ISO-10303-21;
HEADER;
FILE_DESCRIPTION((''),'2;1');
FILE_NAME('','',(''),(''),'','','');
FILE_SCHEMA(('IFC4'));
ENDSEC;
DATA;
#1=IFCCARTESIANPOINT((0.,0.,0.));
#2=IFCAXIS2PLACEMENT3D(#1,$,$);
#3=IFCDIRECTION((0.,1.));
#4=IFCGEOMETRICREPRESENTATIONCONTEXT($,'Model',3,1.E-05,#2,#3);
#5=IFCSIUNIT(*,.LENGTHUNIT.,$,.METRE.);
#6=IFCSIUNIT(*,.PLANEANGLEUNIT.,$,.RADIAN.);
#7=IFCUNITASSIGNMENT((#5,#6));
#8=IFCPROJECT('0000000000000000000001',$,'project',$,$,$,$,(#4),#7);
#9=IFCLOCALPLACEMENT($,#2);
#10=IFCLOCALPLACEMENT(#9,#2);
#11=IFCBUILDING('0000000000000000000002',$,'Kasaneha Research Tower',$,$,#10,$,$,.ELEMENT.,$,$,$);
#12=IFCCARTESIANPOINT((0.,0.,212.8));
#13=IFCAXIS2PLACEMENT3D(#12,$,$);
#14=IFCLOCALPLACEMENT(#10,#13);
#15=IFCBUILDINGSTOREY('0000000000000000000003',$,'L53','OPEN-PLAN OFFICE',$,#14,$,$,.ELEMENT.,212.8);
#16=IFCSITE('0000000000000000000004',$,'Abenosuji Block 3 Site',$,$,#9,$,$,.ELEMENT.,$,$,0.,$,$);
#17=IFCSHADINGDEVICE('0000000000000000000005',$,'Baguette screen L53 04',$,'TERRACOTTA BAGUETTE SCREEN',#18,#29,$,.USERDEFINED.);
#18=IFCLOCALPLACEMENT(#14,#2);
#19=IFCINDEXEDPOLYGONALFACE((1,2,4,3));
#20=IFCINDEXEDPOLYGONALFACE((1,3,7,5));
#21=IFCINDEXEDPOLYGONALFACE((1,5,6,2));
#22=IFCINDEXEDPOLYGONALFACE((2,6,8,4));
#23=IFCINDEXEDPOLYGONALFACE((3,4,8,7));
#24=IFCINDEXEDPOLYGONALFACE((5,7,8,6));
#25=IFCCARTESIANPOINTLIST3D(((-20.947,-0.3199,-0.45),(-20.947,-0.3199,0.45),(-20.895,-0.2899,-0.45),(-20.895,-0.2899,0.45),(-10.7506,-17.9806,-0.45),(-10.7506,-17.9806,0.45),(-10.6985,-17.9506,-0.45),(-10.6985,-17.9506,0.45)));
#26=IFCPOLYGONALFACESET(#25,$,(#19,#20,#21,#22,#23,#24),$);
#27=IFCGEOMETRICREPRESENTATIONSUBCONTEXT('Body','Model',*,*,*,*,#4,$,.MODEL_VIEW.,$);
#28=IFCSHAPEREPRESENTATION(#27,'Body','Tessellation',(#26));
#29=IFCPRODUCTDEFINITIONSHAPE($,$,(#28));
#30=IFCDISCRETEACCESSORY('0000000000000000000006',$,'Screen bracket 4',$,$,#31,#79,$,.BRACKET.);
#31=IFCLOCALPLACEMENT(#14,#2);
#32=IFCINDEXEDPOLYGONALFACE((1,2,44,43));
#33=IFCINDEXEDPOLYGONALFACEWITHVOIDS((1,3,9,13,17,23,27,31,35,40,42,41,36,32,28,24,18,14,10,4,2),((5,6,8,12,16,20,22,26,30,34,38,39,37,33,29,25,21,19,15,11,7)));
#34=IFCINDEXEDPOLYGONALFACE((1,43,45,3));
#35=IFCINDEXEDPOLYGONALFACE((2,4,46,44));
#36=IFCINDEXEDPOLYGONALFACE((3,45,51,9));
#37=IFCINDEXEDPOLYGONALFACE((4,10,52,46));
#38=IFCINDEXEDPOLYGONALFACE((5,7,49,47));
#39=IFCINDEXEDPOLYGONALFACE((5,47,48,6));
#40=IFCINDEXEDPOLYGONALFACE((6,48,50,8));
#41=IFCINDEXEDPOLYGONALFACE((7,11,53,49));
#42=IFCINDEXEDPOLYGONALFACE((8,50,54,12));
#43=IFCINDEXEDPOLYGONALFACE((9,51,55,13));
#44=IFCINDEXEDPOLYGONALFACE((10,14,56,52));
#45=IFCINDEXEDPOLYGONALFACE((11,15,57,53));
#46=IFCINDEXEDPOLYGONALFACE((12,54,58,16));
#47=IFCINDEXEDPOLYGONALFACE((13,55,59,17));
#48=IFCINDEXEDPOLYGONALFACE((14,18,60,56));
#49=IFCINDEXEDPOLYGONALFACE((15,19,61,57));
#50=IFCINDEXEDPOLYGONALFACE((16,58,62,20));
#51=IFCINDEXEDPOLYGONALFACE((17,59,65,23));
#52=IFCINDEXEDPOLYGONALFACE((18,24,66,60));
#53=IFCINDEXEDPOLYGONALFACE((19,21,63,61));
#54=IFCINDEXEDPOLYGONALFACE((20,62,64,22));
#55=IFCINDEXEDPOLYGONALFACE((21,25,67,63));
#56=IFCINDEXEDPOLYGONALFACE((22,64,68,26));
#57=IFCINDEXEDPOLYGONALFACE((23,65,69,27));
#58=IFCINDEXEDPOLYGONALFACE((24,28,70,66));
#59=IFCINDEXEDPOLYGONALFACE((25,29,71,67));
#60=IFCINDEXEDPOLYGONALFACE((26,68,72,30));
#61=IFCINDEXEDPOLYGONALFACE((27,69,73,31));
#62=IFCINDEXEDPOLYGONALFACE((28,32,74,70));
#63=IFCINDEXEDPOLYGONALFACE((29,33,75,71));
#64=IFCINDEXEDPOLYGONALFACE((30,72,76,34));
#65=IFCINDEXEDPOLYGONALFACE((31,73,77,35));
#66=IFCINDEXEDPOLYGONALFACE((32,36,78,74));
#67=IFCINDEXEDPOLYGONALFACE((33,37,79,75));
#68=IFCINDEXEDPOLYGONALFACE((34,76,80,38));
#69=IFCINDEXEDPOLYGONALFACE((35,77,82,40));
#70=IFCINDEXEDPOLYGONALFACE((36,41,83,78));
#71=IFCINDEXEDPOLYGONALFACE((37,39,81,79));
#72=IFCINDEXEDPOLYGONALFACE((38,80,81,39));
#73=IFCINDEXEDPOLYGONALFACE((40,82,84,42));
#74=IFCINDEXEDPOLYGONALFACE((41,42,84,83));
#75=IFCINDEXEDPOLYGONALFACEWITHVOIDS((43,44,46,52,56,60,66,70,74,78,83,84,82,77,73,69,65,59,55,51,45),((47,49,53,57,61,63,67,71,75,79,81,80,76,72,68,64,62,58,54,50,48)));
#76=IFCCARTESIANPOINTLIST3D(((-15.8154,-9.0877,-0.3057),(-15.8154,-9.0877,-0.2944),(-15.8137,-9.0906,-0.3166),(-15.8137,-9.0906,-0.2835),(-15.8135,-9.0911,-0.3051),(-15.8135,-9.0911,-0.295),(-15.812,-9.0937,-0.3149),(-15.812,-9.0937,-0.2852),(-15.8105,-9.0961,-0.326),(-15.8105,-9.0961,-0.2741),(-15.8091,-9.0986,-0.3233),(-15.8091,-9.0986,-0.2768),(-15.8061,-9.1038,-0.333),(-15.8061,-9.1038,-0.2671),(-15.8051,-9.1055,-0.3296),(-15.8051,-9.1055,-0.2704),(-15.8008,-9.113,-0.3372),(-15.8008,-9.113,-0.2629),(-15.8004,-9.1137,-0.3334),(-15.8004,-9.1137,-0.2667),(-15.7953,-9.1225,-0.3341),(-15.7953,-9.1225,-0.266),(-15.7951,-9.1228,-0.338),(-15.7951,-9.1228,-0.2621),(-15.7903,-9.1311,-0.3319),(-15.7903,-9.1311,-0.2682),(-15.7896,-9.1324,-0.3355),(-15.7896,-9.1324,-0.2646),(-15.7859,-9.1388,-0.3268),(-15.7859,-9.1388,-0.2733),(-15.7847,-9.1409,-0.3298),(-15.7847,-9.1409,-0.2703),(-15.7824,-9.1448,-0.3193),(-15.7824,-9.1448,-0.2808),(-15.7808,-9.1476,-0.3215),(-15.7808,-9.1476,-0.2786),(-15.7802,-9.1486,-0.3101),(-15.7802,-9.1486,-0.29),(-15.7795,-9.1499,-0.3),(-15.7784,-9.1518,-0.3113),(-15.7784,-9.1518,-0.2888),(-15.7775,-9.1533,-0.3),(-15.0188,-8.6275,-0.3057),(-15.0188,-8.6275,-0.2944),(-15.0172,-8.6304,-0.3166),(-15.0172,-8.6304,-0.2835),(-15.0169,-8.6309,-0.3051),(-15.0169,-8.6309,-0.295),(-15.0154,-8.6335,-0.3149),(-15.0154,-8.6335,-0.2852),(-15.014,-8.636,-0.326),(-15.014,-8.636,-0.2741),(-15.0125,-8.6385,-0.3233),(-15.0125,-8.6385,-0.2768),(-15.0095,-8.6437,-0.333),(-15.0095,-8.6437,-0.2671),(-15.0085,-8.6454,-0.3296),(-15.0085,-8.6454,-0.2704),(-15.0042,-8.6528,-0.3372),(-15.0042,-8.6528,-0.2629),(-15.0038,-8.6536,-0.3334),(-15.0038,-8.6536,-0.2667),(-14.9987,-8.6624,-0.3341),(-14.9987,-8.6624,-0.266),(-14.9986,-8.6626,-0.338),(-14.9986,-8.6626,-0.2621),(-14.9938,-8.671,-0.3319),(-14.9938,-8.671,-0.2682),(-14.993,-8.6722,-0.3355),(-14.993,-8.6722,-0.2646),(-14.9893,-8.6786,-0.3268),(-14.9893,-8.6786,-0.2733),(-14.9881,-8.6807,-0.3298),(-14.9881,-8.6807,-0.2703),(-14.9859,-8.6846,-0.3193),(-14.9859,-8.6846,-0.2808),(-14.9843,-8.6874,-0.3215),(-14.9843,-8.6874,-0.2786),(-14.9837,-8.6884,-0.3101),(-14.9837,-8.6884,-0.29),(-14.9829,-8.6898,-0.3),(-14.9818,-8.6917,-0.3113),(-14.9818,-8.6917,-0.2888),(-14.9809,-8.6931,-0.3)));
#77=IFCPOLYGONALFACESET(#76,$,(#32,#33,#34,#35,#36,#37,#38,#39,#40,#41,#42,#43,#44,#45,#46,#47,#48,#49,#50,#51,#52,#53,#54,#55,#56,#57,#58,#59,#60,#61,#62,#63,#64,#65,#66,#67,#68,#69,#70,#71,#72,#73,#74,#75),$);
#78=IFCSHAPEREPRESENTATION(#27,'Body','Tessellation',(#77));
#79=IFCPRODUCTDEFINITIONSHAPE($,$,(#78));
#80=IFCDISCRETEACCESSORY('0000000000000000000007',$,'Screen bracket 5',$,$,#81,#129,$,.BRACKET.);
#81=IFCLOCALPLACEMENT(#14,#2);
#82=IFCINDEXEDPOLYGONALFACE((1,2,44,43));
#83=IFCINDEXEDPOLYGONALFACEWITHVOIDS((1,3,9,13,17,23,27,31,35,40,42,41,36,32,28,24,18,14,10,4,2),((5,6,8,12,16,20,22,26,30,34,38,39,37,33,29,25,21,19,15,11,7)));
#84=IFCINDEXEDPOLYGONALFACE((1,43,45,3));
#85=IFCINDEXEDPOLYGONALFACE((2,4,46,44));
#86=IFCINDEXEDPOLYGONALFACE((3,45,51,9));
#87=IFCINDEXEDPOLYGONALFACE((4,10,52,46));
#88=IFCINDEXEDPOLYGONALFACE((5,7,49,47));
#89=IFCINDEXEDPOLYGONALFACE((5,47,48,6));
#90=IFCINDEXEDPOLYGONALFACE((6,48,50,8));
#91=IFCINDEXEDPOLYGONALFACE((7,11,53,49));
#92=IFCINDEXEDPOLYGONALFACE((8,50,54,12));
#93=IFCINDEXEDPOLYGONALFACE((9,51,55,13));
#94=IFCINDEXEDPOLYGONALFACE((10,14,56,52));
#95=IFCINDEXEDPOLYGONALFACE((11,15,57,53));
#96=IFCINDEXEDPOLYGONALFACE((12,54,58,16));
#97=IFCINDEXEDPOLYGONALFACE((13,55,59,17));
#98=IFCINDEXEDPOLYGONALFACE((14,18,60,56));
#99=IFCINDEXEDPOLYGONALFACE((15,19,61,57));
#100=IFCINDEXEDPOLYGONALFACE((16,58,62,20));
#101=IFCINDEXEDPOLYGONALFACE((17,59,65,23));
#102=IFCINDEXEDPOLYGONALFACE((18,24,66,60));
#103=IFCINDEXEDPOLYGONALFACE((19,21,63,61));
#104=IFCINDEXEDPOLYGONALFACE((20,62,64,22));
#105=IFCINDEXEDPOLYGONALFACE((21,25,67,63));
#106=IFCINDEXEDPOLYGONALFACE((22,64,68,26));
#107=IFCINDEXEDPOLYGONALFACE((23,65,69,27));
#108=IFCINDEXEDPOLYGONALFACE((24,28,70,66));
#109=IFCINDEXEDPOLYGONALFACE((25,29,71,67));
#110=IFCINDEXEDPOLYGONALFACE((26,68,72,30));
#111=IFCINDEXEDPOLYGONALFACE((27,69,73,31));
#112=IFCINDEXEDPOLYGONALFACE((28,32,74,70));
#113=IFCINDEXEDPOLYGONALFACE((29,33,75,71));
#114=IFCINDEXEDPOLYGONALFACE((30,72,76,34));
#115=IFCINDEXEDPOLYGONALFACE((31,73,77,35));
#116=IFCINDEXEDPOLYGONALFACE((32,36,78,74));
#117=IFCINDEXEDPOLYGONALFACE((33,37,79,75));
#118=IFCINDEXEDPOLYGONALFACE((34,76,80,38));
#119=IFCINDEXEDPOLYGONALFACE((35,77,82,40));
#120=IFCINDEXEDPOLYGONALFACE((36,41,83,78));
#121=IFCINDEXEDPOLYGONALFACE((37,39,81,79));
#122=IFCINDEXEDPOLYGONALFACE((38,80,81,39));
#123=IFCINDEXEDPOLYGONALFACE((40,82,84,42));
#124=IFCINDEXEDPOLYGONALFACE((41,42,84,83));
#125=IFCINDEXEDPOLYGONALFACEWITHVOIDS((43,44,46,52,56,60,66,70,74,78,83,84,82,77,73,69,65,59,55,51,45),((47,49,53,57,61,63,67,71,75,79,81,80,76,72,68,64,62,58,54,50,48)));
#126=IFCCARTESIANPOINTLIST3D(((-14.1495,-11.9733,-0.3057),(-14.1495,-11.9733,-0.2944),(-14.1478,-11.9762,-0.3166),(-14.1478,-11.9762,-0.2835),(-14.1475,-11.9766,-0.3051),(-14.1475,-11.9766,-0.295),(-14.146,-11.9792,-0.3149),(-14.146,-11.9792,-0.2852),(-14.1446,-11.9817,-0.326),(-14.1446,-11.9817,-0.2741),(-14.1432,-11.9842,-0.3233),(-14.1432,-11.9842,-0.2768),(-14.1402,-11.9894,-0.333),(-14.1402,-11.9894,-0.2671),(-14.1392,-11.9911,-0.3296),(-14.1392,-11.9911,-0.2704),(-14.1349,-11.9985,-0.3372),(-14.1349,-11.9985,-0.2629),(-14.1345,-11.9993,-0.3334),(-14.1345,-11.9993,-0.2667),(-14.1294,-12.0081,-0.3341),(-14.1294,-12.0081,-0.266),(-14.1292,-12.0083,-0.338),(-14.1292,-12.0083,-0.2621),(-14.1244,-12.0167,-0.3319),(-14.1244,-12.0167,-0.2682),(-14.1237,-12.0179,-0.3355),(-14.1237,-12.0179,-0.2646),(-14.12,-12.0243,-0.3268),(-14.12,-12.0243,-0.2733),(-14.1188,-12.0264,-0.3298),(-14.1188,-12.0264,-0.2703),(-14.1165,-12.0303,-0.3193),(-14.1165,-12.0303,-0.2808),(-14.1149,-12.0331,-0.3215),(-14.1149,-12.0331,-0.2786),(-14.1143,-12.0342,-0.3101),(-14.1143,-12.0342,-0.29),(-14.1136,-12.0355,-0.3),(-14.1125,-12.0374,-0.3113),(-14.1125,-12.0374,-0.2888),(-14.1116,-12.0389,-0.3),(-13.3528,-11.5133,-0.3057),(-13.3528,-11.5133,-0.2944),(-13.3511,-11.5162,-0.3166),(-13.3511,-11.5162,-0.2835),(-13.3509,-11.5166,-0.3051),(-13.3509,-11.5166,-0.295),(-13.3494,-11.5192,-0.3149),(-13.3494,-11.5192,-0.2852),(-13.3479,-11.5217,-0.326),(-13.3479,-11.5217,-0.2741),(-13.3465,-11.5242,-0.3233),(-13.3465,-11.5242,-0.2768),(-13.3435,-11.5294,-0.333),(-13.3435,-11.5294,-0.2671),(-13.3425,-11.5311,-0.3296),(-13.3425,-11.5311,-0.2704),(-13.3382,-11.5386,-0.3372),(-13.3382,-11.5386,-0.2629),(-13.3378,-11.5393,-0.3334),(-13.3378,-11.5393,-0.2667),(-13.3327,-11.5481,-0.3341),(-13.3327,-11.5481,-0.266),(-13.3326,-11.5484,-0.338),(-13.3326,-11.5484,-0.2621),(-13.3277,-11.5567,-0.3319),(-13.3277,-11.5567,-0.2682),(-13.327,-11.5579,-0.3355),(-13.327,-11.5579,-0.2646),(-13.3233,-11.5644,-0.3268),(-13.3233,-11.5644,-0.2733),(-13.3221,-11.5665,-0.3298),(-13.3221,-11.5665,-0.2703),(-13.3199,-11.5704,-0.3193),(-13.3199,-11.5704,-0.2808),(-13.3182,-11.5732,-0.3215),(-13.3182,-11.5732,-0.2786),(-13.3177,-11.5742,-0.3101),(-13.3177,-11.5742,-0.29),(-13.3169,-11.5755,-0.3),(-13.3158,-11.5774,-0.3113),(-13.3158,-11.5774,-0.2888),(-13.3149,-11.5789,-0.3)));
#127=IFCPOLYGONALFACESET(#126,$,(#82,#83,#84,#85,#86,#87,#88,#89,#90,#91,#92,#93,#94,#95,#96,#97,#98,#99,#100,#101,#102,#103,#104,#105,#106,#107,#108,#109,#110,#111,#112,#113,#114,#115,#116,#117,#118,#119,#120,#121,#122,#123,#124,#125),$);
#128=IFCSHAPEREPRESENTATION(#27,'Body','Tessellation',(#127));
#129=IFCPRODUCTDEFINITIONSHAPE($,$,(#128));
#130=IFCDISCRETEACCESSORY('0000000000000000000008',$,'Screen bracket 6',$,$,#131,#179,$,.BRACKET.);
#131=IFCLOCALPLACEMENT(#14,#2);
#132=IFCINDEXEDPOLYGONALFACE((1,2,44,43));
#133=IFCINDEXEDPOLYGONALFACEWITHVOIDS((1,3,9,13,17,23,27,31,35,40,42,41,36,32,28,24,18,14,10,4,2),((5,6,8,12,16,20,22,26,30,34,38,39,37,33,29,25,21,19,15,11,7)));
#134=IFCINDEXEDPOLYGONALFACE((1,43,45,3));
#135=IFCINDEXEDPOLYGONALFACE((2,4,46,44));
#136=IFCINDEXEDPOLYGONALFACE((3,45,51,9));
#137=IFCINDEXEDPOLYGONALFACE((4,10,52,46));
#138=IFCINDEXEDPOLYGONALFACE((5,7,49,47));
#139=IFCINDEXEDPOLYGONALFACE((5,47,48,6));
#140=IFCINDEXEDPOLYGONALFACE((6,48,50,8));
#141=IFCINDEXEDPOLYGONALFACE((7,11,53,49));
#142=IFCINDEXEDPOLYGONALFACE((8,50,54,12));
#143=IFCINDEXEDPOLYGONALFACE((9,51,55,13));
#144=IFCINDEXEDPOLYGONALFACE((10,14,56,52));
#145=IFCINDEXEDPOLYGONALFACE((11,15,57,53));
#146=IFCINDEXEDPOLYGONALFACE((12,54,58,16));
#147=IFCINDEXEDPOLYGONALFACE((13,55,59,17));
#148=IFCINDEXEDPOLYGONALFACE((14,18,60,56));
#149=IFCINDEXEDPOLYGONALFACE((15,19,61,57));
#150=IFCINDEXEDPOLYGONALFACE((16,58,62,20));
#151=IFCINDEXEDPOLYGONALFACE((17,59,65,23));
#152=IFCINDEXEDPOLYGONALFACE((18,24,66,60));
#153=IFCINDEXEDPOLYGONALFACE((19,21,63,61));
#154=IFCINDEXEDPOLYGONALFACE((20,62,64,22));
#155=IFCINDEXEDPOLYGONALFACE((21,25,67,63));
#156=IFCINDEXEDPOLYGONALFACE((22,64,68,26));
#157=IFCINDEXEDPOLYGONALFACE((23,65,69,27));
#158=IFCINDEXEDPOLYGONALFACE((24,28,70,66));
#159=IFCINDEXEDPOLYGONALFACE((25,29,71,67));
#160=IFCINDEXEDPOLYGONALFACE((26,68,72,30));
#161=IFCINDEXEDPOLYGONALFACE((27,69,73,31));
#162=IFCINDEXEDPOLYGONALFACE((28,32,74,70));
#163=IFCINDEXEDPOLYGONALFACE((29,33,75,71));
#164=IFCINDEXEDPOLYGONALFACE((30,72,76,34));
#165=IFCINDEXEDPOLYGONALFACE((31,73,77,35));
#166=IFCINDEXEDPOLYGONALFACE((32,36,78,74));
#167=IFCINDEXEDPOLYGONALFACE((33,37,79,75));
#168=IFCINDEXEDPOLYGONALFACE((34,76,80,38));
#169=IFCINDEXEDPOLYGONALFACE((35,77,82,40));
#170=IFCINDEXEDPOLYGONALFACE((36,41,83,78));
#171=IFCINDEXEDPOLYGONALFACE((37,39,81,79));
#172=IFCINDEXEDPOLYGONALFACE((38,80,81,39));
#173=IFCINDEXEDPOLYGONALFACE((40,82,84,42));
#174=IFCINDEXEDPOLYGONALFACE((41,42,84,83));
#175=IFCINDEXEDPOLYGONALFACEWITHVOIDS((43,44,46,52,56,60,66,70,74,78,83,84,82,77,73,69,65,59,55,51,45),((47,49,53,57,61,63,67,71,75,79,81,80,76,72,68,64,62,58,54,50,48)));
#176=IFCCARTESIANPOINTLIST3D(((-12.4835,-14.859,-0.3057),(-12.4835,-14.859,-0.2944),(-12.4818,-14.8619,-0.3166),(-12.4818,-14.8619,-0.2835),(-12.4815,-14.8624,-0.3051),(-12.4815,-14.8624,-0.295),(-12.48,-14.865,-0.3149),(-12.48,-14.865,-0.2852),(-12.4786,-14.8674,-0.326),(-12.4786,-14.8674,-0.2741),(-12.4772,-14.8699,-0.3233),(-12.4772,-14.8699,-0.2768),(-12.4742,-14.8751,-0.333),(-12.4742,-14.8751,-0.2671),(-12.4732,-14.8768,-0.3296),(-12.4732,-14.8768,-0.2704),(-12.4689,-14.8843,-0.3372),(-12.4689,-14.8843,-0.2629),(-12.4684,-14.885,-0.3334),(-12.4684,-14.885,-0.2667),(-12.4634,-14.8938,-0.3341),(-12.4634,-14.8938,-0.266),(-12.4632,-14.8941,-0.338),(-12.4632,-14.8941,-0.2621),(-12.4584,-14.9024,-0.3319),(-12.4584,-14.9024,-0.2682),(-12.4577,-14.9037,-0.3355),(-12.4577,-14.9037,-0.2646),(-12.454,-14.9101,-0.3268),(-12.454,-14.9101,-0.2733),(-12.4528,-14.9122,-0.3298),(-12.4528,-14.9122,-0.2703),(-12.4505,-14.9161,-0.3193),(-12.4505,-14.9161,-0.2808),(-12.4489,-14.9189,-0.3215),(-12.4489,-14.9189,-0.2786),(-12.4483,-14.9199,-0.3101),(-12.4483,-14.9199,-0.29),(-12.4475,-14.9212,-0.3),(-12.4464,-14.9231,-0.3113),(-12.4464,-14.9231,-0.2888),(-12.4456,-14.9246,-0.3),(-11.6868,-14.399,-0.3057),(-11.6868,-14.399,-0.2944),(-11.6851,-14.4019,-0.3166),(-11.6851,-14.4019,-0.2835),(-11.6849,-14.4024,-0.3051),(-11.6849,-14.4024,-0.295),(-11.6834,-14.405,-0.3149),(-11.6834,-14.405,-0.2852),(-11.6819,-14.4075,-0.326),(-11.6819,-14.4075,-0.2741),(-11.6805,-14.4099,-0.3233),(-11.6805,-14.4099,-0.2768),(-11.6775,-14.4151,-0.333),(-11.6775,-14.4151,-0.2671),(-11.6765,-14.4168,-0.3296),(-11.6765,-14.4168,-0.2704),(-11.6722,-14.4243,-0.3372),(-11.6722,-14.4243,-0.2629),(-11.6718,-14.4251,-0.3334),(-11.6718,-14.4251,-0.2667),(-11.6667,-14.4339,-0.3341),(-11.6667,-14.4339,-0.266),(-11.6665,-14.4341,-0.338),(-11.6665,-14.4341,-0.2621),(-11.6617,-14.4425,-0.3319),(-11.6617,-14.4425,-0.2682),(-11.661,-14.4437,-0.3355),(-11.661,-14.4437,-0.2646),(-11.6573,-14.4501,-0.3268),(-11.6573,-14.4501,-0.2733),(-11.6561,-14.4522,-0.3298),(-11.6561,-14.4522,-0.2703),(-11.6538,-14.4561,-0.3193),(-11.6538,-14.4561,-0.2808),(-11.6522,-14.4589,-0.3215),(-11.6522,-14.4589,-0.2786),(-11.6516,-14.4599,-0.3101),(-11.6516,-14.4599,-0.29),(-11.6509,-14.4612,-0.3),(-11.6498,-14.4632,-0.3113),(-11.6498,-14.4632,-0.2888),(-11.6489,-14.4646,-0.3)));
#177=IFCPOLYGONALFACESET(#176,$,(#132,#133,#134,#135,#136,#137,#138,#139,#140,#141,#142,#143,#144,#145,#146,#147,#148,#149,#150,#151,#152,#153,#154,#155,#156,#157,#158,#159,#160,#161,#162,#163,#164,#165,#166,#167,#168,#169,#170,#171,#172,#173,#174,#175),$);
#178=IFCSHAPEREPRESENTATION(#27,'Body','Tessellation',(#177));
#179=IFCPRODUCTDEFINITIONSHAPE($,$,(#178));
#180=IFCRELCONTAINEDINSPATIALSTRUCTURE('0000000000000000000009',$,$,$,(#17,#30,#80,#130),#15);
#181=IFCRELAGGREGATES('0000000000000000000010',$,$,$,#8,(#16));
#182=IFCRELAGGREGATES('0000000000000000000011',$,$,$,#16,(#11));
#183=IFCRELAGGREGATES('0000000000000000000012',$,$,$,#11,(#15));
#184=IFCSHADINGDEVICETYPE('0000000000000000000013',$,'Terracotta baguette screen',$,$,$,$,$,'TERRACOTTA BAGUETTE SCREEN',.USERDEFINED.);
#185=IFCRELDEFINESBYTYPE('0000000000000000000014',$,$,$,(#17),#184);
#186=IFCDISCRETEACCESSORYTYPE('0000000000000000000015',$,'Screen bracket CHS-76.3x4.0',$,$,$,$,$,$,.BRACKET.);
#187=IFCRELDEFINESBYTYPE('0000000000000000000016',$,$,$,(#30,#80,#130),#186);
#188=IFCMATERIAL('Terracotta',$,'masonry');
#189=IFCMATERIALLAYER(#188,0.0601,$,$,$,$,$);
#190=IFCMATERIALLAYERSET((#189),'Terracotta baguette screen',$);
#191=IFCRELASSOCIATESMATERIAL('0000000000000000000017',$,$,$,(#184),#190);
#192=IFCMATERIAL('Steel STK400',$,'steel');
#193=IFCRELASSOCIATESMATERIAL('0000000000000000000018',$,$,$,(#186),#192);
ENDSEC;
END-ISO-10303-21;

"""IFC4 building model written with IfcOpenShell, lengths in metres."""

from ifc_helpers import new_model, si_unit, direction, frame, origin, origin_2d, place, context, subcontext, project, spatial, rectangle, hollow_circle, extrude, material, layer, layer_set, material_profile, profile_set, type_object, element, save


model = new_model("IFC4")

# Units and contexts
model_context = context("Model", 3, precision=1e-05, world=origin(), true_north=direction((0.0, 1.0)))
body_context = subcontext(model_context, "Body", "Model", "MODEL_VIEW")
ifc_project = project(units=[si_unit("LENGTHUNIT", "METRE"), si_unit("PLANEANGLEUNIT", "RADIAN")], contexts=[model_context])

# Site, building, storey
site_placement = place(None, origin())
site = spatial("IfcSite", under=ifc_project, at=site_placement, Name="Abenosuji Block 3 Site", CompositionType="ELEMENT", RefElevation=0.0)
building_placement = place(site_placement, origin())
building = spatial("IfcBuilding", under=site, at=building_placement, Name="Kasaneha Research Tower", CompositionType="ELEMENT")
storey_placement = place(building_placement, frame((0.0, 0.0, 212.8)))
storey = spatial("IfcBuildingStorey", under=building, at=storey_placement, Name="L53", Description="OPEN-PLAN OFFICE", CompositionType="ELEMENT", Elevation=212.8)

# Shading device
ifc_material_1 = material(Name="Terracotta", Category="masonry")
ifc_layer_1 = layer(ifc_material_1, 0.0601)
ifc_layer_set_1 = layer_set([ifc_layer_1], Name="Terracotta baguette screen")
shading_device_type = type_object("IfcShadingDeviceType", Name="Terracotta baguette screen", ElementType="TERRACOTTA BAGUETTE SCREEN", PredefinedType="USERDEFINED", material=ifc_layer_set_1)
shading_device_placement = place(storey_placement, frame((-15.8228, -9.1353, -0.45), z_axis=(0.0, 0.0, 1.0), x_axis=(0.5, -0.866025, 0.0)))
element("IfcShadingDevice", 1, at=shading_device_placement, inside=storey, type_object=shading_device_type, Name="Baguette screen L53 04", ObjectType="TERRACOTTA BAGUETTE SCREEN", PredefinedType="USERDEFINED", context=body_context, shape_type="SweptSolid", body=[
    extrude(rectangle(XDim=20.3928, YDim=0.0601, at=origin_2d()), origin(), (0.0, 0.0, 1.0), 0.8999),
])

# Discrete accessories
ifc_material_2 = material(Name="Steel STK400", Category="steel")
ifc_material_profile_1 = material_profile(ifc_material_2, hollow_circle(Radius=0.0381, WallThickness=0.0039, at=origin_2d()), Name="CHS-76.3x4.0")
ifc_profile_set_1 = profile_set([ifc_material_profile_1], Name="Steel STK400")
discrete_accessory_type = type_object("IfcDiscreteAccessoryType", Name="Screen bracket CHS-76.3x4.0", PredefinedType="BRACKET", material=ifc_profile_set_1)
for number, where, z_axis, x_axis, name in (
    (2, (-15.0, -8.6602, -0.3), (-0.865898, -0.50022, 0.0), (0.50022, -0.865898, 0.0), "Screen bracket 4"),
    (3, (-13.334, -11.5459, -0.3), (-0.866013, -0.500021, 0.0), (0.500021, -0.866013, 0.0), "Screen bracket 5"),
    (4, (-11.668, -14.4316, -0.3), (-0.866013, -0.500021, 0.0), (0.500021, -0.866013, 0.0), "Screen bracket 6"),
):
    element("IfcDiscreteAccessory", number, at=place(storey_placement, frame(where, z_axis=z_axis, x_axis=x_axis)), inside=storey, type_object=discrete_accessory_type, Name=name, PredefinedType="BRACKET", context=body_context, shape_type="SweptSolid", body=[
        extrude(hollow_circle(Radius=0.0381, WallThickness=0.0039, at=origin_2d()), origin(), (0.0, 0.0, 1.0), 0.9199),
    ])

save(model, "model.ifc")
